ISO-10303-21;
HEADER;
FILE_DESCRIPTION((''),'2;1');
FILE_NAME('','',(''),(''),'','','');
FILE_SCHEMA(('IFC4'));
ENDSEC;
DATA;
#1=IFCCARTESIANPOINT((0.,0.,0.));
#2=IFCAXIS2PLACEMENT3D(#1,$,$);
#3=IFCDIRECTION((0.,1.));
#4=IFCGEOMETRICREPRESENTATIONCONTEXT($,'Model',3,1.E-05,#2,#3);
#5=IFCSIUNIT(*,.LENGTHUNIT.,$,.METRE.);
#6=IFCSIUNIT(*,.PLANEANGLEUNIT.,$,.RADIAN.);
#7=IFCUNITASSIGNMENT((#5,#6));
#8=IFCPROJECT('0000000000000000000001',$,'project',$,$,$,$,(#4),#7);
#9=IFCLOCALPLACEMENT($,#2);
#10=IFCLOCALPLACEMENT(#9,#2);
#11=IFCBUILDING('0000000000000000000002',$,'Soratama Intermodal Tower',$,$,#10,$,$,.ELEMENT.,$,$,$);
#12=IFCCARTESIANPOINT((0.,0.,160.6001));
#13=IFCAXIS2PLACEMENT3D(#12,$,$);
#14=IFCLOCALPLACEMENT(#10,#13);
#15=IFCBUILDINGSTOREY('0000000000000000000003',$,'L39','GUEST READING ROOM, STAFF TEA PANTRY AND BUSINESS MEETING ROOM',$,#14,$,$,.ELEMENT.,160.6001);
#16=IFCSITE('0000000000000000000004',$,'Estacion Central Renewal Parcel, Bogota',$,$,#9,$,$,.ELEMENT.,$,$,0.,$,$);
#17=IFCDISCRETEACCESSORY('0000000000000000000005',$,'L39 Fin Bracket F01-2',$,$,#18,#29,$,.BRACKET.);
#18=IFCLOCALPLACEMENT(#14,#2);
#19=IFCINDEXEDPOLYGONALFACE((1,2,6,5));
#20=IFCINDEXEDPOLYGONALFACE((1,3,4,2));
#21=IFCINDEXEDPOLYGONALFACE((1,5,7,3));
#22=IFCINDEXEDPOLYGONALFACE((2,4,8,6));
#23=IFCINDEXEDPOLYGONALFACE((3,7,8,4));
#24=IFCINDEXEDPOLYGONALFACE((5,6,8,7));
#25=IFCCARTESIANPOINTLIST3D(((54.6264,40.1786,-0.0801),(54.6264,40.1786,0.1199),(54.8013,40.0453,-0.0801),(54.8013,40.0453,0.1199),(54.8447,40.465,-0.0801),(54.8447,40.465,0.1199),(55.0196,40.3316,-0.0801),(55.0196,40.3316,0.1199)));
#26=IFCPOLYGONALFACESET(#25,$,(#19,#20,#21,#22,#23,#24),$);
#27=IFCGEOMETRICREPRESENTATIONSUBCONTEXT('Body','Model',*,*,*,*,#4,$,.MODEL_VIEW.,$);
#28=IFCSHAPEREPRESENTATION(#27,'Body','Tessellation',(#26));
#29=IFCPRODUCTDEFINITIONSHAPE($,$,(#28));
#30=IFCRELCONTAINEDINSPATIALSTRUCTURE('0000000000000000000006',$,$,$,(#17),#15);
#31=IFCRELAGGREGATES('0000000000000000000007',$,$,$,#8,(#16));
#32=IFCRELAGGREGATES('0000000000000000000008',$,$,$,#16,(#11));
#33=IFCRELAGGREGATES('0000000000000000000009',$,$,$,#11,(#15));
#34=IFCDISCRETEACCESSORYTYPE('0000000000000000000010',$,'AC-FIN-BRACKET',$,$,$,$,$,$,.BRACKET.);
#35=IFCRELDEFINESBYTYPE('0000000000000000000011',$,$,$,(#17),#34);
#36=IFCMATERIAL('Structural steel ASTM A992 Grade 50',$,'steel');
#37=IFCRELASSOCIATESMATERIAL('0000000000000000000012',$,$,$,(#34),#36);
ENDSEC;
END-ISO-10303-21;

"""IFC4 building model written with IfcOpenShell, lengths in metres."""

from ifc_helpers import new_model, si_unit, direction, frame, origin, origin_2d, place, context, subcontext, project, spatial, rectangle, extrude, material, type_object, element, save


model = new_model("IFC4")

# Units and contexts
model_context = context("Model", 3, precision=1e-05, world=origin(), true_north=direction((0.0, 1.0)))
body_context = subcontext(model_context, "Body", "Model", "MODEL_VIEW")
ifc_project = project(units=[si_unit("LENGTHUNIT", "METRE"), si_unit("PLANEANGLEUNIT", "RADIAN")], contexts=[model_context])

# Site, building, storey
site_placement = place(None, origin())
site = spatial("IfcSite", under=ifc_project, at=site_placement, Name="Estacion Central Renewal Parcel, Bogota", CompositionType="ELEMENT", RefElevation=0.0)
building_placement = place(site_placement, origin())
building = spatial("IfcBuilding", under=site, at=building_placement, Name="Soratama Intermodal Tower", CompositionType="ELEMENT")
storey_placement = place(building_placement, frame((0.0, 0.0, 160.6001)))
storey = spatial("IfcBuildingStorey", under=building, at=storey_placement, Name="L39", Description="GUEST READING ROOM, STAFF TEA PANTRY AND BUSINESS MEETING ROOM", CompositionType="ELEMENT", Elevation=160.6001)

# Discrete accessory
ifc_material_1 = material(Name="Structural steel ASTM A992 Grade 50", Category="steel")
discrete_accessory_type = type_object("IfcDiscreteAccessoryType", Name="AC-FIN-BRACKET", PredefinedType="BRACKET", material=ifc_material_1)
for number, where, z_axis, x_axis, name in (
    (1, (54.823, 40.2551, -0.0801), (0.0, 0.0, 1.0), (0.606266, 0.795262, 0.0), "L39 Fin Bracket F01-2"),
):
    element("IfcDiscreteAccessory", number, at=place(storey_placement, frame(where, z_axis=z_axis, x_axis=x_axis)), inside=storey, type_object=discrete_accessory_type, Name=name, PredefinedType="BRACKET", context=body_context, shape_type="SweptSolid", body=[
        extrude(rectangle(XDim=0.3601, YDim=0.22, at=origin_2d()), origin(), (0.0, 0.0, 1.0), 0.2),
    ])

save(model, "model.ifc")
